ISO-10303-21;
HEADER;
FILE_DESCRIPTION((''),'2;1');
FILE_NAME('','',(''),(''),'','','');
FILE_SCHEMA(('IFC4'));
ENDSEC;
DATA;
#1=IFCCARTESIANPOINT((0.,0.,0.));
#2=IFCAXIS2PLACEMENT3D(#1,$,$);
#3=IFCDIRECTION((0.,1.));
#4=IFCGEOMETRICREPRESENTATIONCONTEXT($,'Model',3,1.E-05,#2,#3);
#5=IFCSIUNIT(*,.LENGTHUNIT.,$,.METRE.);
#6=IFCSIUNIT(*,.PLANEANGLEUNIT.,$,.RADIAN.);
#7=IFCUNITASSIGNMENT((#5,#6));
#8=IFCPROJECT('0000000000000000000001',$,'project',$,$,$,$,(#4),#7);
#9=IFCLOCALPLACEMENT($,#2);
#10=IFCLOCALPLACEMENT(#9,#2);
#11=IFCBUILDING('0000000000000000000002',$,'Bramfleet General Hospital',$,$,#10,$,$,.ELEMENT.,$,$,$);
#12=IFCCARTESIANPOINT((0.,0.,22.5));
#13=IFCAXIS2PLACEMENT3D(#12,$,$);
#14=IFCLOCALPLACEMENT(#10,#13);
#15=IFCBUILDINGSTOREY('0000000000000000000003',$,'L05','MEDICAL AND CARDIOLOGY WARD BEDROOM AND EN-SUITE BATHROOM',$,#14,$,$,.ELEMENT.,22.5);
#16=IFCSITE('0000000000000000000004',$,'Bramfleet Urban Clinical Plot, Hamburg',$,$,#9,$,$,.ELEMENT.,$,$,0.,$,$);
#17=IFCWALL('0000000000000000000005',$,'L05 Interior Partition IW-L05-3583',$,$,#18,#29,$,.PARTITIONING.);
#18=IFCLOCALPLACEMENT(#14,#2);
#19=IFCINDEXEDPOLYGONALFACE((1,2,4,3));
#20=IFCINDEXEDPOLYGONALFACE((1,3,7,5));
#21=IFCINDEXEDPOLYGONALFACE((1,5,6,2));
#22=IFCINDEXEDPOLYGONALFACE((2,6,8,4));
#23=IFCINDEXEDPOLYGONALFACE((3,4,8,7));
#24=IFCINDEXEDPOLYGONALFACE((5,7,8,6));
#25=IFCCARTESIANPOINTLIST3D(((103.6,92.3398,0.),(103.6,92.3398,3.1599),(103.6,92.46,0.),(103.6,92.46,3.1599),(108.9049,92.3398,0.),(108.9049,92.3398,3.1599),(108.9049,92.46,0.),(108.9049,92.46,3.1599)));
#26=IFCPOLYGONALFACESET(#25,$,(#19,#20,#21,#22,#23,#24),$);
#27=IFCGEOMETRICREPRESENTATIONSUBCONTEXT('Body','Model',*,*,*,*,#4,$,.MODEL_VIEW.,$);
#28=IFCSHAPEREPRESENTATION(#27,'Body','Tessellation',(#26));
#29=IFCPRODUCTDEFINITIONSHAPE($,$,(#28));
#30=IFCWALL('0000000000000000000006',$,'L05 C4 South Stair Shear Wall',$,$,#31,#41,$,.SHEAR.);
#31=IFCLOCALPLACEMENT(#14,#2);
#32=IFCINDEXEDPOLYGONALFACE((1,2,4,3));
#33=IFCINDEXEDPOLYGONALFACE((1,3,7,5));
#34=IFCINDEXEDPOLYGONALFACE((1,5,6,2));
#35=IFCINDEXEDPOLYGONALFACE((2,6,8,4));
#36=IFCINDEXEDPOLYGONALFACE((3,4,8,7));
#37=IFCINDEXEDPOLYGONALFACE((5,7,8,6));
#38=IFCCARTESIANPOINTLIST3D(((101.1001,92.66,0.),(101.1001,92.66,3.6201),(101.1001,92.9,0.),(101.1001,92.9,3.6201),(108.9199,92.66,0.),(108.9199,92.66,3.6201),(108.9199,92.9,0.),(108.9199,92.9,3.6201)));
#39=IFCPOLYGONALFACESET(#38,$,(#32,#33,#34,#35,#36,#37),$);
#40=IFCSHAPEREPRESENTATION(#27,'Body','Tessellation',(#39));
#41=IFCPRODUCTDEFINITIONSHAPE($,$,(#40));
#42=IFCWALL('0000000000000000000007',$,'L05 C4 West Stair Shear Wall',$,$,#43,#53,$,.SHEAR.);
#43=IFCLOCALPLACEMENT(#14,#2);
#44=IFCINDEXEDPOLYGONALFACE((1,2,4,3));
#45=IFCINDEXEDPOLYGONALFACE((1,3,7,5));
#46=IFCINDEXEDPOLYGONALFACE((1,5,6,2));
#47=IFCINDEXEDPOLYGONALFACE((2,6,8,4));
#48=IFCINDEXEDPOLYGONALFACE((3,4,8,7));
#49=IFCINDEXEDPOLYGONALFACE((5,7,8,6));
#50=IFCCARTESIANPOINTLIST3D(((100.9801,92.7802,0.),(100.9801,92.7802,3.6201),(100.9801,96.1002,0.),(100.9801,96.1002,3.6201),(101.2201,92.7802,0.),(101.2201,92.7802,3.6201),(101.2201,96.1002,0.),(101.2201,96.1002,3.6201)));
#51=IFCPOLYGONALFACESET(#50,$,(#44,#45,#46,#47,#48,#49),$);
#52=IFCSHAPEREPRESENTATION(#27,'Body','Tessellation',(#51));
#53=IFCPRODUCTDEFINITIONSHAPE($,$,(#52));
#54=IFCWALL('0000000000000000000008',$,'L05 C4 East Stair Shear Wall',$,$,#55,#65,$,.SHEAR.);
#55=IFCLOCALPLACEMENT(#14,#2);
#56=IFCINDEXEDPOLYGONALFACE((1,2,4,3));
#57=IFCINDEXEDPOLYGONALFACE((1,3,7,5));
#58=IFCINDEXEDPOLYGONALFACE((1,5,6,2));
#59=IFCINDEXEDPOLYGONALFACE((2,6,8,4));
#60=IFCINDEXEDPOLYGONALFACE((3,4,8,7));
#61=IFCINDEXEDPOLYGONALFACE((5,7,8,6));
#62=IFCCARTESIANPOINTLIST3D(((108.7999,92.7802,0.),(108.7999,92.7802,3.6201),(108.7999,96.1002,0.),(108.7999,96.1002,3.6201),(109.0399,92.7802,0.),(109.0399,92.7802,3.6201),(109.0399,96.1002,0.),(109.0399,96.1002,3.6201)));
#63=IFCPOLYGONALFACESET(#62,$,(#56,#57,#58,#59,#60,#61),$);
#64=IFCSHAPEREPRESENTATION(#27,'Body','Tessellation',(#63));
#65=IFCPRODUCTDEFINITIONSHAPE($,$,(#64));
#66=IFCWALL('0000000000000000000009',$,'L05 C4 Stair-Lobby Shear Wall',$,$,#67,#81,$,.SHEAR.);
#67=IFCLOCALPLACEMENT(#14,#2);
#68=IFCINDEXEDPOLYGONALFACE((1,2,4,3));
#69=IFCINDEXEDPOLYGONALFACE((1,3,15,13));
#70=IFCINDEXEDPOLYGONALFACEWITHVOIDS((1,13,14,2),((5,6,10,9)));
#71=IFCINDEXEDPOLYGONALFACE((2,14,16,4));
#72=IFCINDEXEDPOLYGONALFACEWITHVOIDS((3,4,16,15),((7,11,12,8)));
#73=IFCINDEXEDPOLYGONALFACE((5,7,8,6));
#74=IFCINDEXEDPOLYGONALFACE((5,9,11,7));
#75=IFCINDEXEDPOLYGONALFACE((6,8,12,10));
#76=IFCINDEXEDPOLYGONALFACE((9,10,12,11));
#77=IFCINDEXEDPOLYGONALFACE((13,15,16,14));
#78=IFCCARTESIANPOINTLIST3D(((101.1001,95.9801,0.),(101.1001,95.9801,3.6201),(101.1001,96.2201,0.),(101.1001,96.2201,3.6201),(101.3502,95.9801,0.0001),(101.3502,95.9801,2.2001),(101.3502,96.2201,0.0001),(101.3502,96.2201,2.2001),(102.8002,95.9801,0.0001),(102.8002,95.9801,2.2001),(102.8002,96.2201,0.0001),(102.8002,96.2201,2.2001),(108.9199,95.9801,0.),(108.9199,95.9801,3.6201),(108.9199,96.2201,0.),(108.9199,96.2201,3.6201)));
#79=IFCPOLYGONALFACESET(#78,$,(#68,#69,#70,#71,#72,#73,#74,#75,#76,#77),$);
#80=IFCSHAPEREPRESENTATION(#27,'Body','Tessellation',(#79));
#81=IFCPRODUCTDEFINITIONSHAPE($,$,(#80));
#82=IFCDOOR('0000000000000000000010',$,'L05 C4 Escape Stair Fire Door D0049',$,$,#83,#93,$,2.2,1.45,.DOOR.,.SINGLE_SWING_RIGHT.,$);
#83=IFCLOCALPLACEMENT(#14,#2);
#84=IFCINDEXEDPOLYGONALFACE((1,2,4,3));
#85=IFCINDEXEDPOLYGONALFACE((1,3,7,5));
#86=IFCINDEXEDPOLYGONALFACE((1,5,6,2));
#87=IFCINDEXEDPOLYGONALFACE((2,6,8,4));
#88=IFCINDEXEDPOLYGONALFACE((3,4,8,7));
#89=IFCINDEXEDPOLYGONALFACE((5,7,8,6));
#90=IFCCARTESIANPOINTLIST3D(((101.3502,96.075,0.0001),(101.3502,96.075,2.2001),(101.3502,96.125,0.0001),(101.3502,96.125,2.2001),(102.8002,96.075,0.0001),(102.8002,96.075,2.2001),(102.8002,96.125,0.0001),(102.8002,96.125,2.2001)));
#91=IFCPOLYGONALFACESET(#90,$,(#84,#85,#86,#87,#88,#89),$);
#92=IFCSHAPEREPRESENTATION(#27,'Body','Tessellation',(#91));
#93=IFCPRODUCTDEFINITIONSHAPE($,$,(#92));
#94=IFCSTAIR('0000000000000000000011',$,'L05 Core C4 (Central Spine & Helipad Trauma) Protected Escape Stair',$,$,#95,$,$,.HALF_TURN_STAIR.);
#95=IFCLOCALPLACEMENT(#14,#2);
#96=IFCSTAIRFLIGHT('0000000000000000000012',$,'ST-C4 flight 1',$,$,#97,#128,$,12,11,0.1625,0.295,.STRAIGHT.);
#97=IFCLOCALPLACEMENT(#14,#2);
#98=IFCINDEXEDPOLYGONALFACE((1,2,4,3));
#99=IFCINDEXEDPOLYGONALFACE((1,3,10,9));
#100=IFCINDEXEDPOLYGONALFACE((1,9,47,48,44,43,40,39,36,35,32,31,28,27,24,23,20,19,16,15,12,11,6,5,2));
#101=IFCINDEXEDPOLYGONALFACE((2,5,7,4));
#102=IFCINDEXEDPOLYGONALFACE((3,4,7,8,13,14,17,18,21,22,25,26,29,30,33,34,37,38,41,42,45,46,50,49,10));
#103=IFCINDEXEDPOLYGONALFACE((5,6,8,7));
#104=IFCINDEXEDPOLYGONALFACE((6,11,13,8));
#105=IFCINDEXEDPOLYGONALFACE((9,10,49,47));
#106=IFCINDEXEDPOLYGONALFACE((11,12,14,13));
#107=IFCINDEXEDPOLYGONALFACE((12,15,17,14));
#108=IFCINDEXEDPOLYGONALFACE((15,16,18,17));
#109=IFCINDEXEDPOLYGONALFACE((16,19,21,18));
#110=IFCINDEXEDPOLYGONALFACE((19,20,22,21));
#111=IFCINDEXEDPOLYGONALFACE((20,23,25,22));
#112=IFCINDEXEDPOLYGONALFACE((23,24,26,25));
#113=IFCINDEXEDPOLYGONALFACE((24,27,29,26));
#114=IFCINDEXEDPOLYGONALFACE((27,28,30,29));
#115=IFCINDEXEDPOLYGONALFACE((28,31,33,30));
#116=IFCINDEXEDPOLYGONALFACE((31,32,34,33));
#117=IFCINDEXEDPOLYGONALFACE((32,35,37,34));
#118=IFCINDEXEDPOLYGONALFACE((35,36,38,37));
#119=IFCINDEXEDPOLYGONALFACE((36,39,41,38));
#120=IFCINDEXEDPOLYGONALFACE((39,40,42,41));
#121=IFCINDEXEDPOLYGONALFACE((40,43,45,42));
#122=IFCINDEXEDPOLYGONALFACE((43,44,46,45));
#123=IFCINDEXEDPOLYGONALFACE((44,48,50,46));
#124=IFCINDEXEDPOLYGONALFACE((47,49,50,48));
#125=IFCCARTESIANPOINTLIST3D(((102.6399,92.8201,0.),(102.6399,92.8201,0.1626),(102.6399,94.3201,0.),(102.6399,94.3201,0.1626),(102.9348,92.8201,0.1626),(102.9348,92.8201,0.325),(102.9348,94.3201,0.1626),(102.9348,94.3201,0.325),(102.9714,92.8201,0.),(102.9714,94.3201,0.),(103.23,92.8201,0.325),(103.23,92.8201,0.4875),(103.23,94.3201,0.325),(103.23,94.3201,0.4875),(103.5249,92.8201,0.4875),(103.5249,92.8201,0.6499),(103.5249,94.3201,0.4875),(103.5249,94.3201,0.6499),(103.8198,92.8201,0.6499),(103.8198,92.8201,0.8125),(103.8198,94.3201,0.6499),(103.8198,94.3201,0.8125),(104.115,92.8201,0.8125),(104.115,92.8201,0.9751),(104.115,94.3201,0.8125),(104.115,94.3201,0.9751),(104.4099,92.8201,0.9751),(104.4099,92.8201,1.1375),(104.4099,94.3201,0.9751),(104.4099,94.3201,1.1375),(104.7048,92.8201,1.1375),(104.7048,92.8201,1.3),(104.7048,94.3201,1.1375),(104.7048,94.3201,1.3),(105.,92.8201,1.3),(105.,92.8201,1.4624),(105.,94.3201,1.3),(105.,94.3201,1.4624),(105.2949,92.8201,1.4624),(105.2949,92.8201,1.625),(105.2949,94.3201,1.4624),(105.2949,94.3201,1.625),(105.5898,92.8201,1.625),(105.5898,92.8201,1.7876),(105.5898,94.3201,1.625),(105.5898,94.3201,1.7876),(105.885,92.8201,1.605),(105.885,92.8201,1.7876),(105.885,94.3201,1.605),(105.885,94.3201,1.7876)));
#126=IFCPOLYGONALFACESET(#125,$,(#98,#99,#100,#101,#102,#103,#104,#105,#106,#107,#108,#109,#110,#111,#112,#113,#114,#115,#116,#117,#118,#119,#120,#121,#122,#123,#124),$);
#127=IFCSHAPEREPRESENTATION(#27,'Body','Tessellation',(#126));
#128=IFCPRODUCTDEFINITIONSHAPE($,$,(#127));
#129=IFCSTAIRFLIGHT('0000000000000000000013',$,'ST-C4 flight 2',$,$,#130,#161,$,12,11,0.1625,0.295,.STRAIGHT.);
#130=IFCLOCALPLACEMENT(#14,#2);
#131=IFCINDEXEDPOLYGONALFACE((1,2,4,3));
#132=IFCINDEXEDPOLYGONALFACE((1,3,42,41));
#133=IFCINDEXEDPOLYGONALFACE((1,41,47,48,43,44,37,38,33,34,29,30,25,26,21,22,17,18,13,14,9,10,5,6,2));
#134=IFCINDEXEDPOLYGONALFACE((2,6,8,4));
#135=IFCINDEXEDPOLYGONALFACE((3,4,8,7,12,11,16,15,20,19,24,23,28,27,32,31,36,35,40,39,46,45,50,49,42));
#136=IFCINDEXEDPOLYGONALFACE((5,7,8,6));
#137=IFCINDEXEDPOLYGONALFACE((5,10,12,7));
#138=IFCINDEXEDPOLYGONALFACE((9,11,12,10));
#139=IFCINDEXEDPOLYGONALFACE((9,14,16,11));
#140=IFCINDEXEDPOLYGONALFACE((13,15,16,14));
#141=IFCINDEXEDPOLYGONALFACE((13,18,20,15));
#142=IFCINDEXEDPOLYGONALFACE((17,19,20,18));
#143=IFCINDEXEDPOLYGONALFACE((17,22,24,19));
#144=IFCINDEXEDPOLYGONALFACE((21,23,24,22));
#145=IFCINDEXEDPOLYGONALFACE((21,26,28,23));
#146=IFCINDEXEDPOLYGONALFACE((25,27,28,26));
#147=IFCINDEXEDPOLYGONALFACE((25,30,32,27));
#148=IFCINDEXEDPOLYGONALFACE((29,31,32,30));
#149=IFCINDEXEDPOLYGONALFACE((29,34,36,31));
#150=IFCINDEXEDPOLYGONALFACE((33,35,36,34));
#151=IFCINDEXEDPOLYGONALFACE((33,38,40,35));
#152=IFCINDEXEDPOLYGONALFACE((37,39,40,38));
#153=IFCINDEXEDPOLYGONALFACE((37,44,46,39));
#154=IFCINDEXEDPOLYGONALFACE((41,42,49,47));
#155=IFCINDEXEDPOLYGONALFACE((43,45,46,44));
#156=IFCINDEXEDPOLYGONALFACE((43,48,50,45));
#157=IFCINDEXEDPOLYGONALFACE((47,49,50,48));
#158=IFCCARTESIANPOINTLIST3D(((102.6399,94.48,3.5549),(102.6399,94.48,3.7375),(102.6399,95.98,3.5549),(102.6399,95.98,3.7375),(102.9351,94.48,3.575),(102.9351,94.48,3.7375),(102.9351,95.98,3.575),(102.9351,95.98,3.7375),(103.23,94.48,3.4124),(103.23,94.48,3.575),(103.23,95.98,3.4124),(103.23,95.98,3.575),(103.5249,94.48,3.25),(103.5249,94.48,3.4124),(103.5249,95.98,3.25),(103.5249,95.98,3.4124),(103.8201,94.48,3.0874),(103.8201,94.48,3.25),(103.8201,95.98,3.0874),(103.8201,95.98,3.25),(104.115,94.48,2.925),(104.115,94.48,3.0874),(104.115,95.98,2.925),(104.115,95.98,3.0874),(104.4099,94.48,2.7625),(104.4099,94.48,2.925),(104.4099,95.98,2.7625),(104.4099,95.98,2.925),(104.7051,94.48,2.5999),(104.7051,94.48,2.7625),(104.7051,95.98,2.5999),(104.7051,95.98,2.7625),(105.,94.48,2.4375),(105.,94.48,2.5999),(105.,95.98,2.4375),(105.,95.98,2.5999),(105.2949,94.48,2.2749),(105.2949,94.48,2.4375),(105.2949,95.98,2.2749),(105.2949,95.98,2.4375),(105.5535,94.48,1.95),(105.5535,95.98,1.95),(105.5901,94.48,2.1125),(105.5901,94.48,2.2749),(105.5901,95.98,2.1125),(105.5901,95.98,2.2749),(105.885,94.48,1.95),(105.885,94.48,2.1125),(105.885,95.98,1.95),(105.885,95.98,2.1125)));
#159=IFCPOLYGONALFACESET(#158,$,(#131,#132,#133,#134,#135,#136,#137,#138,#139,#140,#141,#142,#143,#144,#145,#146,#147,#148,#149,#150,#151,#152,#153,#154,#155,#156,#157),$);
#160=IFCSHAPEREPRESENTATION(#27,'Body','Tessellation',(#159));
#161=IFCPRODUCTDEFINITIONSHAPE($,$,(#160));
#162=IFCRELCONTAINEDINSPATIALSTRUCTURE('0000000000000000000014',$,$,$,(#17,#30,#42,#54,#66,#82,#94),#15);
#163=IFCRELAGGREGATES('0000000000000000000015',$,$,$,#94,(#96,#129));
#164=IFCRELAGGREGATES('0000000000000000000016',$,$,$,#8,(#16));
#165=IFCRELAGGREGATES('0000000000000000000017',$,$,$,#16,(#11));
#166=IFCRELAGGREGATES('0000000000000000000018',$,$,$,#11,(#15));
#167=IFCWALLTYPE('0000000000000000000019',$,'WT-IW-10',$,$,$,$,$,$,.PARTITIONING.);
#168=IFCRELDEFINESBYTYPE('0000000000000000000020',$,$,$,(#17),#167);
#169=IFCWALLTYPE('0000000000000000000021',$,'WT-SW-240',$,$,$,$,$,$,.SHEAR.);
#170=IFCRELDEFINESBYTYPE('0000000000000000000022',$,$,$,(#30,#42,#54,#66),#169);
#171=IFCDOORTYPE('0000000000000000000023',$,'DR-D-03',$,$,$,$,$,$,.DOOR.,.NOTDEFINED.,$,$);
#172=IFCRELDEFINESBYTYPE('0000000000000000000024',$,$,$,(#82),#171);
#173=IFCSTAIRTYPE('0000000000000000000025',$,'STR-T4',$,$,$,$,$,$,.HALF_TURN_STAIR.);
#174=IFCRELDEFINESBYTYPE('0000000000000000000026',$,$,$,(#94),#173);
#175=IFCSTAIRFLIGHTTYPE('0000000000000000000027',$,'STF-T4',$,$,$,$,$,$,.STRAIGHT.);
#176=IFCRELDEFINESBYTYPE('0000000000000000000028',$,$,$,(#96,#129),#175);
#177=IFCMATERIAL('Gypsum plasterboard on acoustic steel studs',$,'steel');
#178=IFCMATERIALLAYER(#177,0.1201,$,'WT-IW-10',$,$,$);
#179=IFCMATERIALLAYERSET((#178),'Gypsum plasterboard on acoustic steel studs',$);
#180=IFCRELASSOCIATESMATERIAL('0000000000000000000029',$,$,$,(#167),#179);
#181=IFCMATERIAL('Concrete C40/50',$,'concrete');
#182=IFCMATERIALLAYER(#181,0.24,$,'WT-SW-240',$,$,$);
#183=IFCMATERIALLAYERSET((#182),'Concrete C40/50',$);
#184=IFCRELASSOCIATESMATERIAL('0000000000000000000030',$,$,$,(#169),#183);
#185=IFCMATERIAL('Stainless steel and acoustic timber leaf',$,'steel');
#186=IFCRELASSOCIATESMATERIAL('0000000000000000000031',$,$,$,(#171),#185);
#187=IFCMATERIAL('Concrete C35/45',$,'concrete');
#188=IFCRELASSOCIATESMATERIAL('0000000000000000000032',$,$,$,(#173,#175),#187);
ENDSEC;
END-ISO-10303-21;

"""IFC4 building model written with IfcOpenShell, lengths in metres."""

from ifc_helpers import new_model, si_unit, direction, frame, frame_2d, origin, place, context, subcontext, project, spatial, polyline, rectangle, outline, extrude, material, layer, layer_set, type_object, element, fill, aggregate, save


model = new_model("IFC4")

# Units and contexts
model_context = context("Model", 3, precision=1e-05, world=origin(), true_north=direction((0.0, 1.0)))
body_context = subcontext(model_context, "Body", "Model", "MODEL_VIEW")
ifc_project = project(units=[si_unit("LENGTHUNIT", "METRE"), si_unit("PLANEANGLEUNIT", "RADIAN")], contexts=[model_context])

# Site, building, storey
site_placement = place(None, origin())
site = spatial("IfcSite", under=ifc_project, at=site_placement, Name="Bramfleet Urban Clinical Plot, Hamburg", CompositionType="ELEMENT", RefElevation=0.0)
building_placement = place(site_placement, origin())
building = spatial("IfcBuilding", under=site, at=building_placement, Name="Bramfleet General Hospital", CompositionType="ELEMENT")
storey_placement = place(building_placement, frame((0.0, 0.0, 22.5)))
storey = spatial("IfcBuildingStorey", under=building, at=storey_placement, Name="L05", Description="MEDICAL AND CARDIOLOGY WARD BEDROOM AND EN-SUITE BATHROOM", CompositionType="ELEMENT", Elevation=22.5)

# Shared definitions
ifc_material_1 = material(Name="Concrete C40/50", Category="concrete")

# Shared definitions
ifc_material_2 = material(Name="Concrete C35/45", Category="concrete")

# Shared definitions
ifc_material_3 = material(Name="Stainless steel and acoustic timber leaf", Category="steel")

# Walls
ifc_material_4 = material(Name="Gypsum plasterboard on acoustic steel studs", Category="steel")
ifc_layer_1 = layer(ifc_material_4, 0.1201, Name="WT-IW-10")
ifc_layer_set_1 = layer_set([ifc_layer_1], Name="Gypsum plasterboard on acoustic steel studs")
wall_type_1 = type_object("IfcWallType", Name="WT-IW-10", PredefinedType="PARTITIONING", material=ifc_layer_set_1)
wall_1_placement = place(storey_placement, frame((103.6001, 92.3999, 0.0), z_axis=(0.0, 0.0, 1.0), x_axis=(1.0, 0.0, 0.0)))
element("IfcWall", 1, at=wall_1_placement, inside=storey, type_object=wall_type_1, Name="L05 Interior Partition IW-L05-3583", PredefinedType="PARTITIONING", context=body_context, shape_type="SweptSolid", body=[
    extrude(rectangle(XDim=5.3049, YDim=0.1201, at=frame_2d((2.6523, 0.0))), origin(), (0.0, 0.0, 1.0), 3.1599),
])
ifc_layer_2 = layer(ifc_material_1, 0.24, Name="WT-SW-240")
ifc_layer_set_2 = layer_set([ifc_layer_2], Name="Concrete C40/50")
wall_type_2 = type_object("IfcWallType", Name="WT-SW-240", PredefinedType="SHEAR", material=ifc_layer_set_2)
wall_2_placement = place(storey_placement, frame((101.1001, 92.78, 0.0), z_axis=(0.0, 0.0, 1.0), x_axis=(1.0, 0.0, 0.0)))
element("IfcWall", 2, at=wall_2_placement, inside=storey, type_object=wall_type_2, Name="L05 C4 South Stair Shear Wall", PredefinedType="SHEAR", context=body_context, shape_type="SweptSolid", body=[
    extrude(rectangle(XDim=7.8198, YDim=0.24, at=frame_2d((3.9099, 0.0))), origin(), (0.0, 0.0, 1.0), 3.6201),
])
for number, where, z_axis, x_axis, name in (
    (3, (101.1001, 92.78, 0.0), (0.0, 0.0, 1.0), (0.0, 1.0, 0.0), "L05 C4 West Stair Shear Wall"),
    (4, (108.9199, 92.78, 0.0), (0.0, 0.0, 1.0), (0.0, 1.0, 0.0), "L05 C4 East Stair Shear Wall"),
):
    element("IfcWall", number, at=place(storey_placement, frame(where, z_axis=z_axis, x_axis=x_axis)), inside=storey, type_object=wall_type_2, Name=name, PredefinedType="SHEAR", context=body_context, shape_type="SweptSolid", body=[
        extrude(rectangle(XDim=3.3201, YDim=0.24, at=frame_2d((1.6602, 0.0))), origin(), (0.0, 0.0, 1.0), 3.6201),
    ])

# Wall, opening, door
wall_3_placement = place(storey_placement, frame((101.1001, 96.1001, 0.0), z_axis=(0.0, 0.0, 1.0), x_axis=(1.0, 0.0, 0.0)))
wall_3 = element("IfcWall", 5, at=wall_3_placement, inside=storey, type_object=wall_type_2, Name="L05 C4 Stair-Lobby Shear Wall", PredefinedType="SHEAR", context=body_context, shape_type="SweptSolid", body=[
    extrude(rectangle(XDim=7.8198, YDim=0.24, at=frame_2d((3.9099, 0.0))), origin(), (0.0, 0.0, 1.0), 3.6201),
])
opening_1_placement = place(wall_3_placement, frame((0.25, 0.0, 0.0)))
opening_1 = element("IfcOpeningElement", 6, at=opening_1_placement, cuts=wall_3, PredefinedType="OPENING", context=body_context, shape_type="SweptSolid", body=[
    extrude(rectangle(XDim=1.45, YDim=2.2, at=frame_2d((0.7251, 1.1001))), frame((0.0, 0.1299, 0.0), z_axis=(0.0, -1.0, 0.0), x_axis=(1.0, 0.0, 0.0)), (0.0, 0.0, 1.0), 0.26),
])
door_type_1 = type_object("IfcDoorType", Name="DR-D-03", OperationType="NOTDEFINED", PredefinedType="DOOR", material=ifc_material_3)
door_1_placement = place(opening_1_placement, origin())
door_1 = element("IfcDoor", 7, at=door_1_placement, inside=storey, type_object=door_type_1, Name="L05 C4 Escape Stair Fire Door D0049", OperationType="SINGLE_SWING_RIGHT", OverallHeight=2.2, OverallWidth=1.45, PredefinedType="DOOR", context=body_context, shape_type="SweptSolid", body=[
    extrude(rectangle(XDim=1.45, YDim=2.2, at=frame_2d((0.7251, 1.1001))), frame((0.0, 0.0249, 0.0), z_axis=(0.0, -1.0, 0.0), x_axis=(1.0, 0.0, 0.0)), (0.0, 0.0, 1.0), 0.05),
])
fill(opening_1, door_1)

# Stair, stair flights
stair_type = type_object("IfcStairType", Name="STR-T4", PredefinedType="HALF_TURN_STAIR", material=ifc_material_2)
stair_placement = place(storey_placement, origin())
stair = element("IfcStair", 8, at=stair_placement, inside=storey, type_object=stair_type, Name="L05 Core C4 (Central Spine & Helipad Trauma) Protected Escape Stair", PredefinedType="HALF_TURN_STAIR")
stair_flight_type = type_object("IfcStairFlightType", Name="STF-T4", PredefinedType="STRAIGHT", material=ifc_material_2)
stair_flight_1_placement = place(storey_placement, frame((102.6399, 93.5701, 0.0), z_axis=(0.0, 0.0, 1.0), x_axis=(1.0, 0.0, 0.0)))
stair_flight_1 = element("IfcStairFlight", 9, at=stair_flight_1_placement, type_object=stair_flight_type, Name="ST-C4 flight 1", NumberOfRisers=12, NumberOfTreads=11, PredefinedType="STRAIGHT", RiserHeight=0.1625, TreadLength=0.295, context=body_context, shape_type="SweptSolid", body=[
    extrude(outline(polyline([(0.0, 0.0), (0.0, 0.1626), (0.2949, 0.1626), (0.2949, 0.325), (0.5901, 0.325), (0.5901, 0.4875), (0.885, 0.4875), (0.885, 0.6499), (1.1799, 0.6499), (1.1799, 0.8125), (1.4751, 0.8125), (1.4751, 0.9751), (1.77, 0.9751), (1.77, 1.1375), (2.0649, 1.1375), (2.0649, 1.3), (2.3601, 1.3), (2.3601, 1.4624), (2.655, 1.4624), (2.655, 1.625), (2.95, 1.625), (2.95, 1.7876), (3.2451, 1.7876), (3.2451, 1.95), (3.2451, 1.605), (0.3315, 0.0), (0.0, 0.0)])), frame((0.0, 0.75, 0.0), z_axis=(0.0, -1.0, 0.0), x_axis=(1.0, 0.0, 0.0)), (0.0, 0.0, 1.0), 1.5),
])
stair_flight_2_placement = place(storey_placement, frame((105.885, 95.23, 1.95), z_axis=(0.0, 0.0, 1.0), x_axis=(-1.0, 0.0, 0.0)))
stair_flight_2 = element("IfcStairFlight", 10, at=stair_flight_2_placement, type_object=stair_flight_type, Name="ST-C4 flight 2", NumberOfRisers=12, NumberOfTreads=11, PredefinedType="STRAIGHT", RiserHeight=0.1625, TreadLength=0.295, context=body_context, shape_type="SweptSolid", body=[
    extrude(outline(polyline([(0.0, 0.0), (0.0, 0.1626), (0.2949, 0.1626), (0.2949, 0.325), (0.5901, 0.325), (0.5901, 0.4875), (0.885, 0.4875), (0.885, 0.6499), (1.1799, 0.6499), (1.1799, 0.8125), (1.4751, 0.8125), (1.4751, 0.9751), (1.77, 0.9751), (1.77, 1.1375), (2.0649, 1.1375), (2.0649, 1.3), (2.3601, 1.3), (2.3601, 1.4624), (2.655, 1.4624), (2.655, 1.625), (2.95, 1.625), (2.95, 1.7876), (3.2451, 1.7876), (3.2451, 1.95), (3.2451, 1.605), (0.3315, 0.0), (0.0, 0.0)])), frame((0.0, 0.75, 0.0), z_axis=(0.0, -1.0, 0.0), x_axis=(1.0, 0.0, 0.0)), (0.0, 0.0, 1.0), 1.5),
])
aggregate(stair, [stair_flight_1, stair_flight_2])

save(model, "model.ifc")
